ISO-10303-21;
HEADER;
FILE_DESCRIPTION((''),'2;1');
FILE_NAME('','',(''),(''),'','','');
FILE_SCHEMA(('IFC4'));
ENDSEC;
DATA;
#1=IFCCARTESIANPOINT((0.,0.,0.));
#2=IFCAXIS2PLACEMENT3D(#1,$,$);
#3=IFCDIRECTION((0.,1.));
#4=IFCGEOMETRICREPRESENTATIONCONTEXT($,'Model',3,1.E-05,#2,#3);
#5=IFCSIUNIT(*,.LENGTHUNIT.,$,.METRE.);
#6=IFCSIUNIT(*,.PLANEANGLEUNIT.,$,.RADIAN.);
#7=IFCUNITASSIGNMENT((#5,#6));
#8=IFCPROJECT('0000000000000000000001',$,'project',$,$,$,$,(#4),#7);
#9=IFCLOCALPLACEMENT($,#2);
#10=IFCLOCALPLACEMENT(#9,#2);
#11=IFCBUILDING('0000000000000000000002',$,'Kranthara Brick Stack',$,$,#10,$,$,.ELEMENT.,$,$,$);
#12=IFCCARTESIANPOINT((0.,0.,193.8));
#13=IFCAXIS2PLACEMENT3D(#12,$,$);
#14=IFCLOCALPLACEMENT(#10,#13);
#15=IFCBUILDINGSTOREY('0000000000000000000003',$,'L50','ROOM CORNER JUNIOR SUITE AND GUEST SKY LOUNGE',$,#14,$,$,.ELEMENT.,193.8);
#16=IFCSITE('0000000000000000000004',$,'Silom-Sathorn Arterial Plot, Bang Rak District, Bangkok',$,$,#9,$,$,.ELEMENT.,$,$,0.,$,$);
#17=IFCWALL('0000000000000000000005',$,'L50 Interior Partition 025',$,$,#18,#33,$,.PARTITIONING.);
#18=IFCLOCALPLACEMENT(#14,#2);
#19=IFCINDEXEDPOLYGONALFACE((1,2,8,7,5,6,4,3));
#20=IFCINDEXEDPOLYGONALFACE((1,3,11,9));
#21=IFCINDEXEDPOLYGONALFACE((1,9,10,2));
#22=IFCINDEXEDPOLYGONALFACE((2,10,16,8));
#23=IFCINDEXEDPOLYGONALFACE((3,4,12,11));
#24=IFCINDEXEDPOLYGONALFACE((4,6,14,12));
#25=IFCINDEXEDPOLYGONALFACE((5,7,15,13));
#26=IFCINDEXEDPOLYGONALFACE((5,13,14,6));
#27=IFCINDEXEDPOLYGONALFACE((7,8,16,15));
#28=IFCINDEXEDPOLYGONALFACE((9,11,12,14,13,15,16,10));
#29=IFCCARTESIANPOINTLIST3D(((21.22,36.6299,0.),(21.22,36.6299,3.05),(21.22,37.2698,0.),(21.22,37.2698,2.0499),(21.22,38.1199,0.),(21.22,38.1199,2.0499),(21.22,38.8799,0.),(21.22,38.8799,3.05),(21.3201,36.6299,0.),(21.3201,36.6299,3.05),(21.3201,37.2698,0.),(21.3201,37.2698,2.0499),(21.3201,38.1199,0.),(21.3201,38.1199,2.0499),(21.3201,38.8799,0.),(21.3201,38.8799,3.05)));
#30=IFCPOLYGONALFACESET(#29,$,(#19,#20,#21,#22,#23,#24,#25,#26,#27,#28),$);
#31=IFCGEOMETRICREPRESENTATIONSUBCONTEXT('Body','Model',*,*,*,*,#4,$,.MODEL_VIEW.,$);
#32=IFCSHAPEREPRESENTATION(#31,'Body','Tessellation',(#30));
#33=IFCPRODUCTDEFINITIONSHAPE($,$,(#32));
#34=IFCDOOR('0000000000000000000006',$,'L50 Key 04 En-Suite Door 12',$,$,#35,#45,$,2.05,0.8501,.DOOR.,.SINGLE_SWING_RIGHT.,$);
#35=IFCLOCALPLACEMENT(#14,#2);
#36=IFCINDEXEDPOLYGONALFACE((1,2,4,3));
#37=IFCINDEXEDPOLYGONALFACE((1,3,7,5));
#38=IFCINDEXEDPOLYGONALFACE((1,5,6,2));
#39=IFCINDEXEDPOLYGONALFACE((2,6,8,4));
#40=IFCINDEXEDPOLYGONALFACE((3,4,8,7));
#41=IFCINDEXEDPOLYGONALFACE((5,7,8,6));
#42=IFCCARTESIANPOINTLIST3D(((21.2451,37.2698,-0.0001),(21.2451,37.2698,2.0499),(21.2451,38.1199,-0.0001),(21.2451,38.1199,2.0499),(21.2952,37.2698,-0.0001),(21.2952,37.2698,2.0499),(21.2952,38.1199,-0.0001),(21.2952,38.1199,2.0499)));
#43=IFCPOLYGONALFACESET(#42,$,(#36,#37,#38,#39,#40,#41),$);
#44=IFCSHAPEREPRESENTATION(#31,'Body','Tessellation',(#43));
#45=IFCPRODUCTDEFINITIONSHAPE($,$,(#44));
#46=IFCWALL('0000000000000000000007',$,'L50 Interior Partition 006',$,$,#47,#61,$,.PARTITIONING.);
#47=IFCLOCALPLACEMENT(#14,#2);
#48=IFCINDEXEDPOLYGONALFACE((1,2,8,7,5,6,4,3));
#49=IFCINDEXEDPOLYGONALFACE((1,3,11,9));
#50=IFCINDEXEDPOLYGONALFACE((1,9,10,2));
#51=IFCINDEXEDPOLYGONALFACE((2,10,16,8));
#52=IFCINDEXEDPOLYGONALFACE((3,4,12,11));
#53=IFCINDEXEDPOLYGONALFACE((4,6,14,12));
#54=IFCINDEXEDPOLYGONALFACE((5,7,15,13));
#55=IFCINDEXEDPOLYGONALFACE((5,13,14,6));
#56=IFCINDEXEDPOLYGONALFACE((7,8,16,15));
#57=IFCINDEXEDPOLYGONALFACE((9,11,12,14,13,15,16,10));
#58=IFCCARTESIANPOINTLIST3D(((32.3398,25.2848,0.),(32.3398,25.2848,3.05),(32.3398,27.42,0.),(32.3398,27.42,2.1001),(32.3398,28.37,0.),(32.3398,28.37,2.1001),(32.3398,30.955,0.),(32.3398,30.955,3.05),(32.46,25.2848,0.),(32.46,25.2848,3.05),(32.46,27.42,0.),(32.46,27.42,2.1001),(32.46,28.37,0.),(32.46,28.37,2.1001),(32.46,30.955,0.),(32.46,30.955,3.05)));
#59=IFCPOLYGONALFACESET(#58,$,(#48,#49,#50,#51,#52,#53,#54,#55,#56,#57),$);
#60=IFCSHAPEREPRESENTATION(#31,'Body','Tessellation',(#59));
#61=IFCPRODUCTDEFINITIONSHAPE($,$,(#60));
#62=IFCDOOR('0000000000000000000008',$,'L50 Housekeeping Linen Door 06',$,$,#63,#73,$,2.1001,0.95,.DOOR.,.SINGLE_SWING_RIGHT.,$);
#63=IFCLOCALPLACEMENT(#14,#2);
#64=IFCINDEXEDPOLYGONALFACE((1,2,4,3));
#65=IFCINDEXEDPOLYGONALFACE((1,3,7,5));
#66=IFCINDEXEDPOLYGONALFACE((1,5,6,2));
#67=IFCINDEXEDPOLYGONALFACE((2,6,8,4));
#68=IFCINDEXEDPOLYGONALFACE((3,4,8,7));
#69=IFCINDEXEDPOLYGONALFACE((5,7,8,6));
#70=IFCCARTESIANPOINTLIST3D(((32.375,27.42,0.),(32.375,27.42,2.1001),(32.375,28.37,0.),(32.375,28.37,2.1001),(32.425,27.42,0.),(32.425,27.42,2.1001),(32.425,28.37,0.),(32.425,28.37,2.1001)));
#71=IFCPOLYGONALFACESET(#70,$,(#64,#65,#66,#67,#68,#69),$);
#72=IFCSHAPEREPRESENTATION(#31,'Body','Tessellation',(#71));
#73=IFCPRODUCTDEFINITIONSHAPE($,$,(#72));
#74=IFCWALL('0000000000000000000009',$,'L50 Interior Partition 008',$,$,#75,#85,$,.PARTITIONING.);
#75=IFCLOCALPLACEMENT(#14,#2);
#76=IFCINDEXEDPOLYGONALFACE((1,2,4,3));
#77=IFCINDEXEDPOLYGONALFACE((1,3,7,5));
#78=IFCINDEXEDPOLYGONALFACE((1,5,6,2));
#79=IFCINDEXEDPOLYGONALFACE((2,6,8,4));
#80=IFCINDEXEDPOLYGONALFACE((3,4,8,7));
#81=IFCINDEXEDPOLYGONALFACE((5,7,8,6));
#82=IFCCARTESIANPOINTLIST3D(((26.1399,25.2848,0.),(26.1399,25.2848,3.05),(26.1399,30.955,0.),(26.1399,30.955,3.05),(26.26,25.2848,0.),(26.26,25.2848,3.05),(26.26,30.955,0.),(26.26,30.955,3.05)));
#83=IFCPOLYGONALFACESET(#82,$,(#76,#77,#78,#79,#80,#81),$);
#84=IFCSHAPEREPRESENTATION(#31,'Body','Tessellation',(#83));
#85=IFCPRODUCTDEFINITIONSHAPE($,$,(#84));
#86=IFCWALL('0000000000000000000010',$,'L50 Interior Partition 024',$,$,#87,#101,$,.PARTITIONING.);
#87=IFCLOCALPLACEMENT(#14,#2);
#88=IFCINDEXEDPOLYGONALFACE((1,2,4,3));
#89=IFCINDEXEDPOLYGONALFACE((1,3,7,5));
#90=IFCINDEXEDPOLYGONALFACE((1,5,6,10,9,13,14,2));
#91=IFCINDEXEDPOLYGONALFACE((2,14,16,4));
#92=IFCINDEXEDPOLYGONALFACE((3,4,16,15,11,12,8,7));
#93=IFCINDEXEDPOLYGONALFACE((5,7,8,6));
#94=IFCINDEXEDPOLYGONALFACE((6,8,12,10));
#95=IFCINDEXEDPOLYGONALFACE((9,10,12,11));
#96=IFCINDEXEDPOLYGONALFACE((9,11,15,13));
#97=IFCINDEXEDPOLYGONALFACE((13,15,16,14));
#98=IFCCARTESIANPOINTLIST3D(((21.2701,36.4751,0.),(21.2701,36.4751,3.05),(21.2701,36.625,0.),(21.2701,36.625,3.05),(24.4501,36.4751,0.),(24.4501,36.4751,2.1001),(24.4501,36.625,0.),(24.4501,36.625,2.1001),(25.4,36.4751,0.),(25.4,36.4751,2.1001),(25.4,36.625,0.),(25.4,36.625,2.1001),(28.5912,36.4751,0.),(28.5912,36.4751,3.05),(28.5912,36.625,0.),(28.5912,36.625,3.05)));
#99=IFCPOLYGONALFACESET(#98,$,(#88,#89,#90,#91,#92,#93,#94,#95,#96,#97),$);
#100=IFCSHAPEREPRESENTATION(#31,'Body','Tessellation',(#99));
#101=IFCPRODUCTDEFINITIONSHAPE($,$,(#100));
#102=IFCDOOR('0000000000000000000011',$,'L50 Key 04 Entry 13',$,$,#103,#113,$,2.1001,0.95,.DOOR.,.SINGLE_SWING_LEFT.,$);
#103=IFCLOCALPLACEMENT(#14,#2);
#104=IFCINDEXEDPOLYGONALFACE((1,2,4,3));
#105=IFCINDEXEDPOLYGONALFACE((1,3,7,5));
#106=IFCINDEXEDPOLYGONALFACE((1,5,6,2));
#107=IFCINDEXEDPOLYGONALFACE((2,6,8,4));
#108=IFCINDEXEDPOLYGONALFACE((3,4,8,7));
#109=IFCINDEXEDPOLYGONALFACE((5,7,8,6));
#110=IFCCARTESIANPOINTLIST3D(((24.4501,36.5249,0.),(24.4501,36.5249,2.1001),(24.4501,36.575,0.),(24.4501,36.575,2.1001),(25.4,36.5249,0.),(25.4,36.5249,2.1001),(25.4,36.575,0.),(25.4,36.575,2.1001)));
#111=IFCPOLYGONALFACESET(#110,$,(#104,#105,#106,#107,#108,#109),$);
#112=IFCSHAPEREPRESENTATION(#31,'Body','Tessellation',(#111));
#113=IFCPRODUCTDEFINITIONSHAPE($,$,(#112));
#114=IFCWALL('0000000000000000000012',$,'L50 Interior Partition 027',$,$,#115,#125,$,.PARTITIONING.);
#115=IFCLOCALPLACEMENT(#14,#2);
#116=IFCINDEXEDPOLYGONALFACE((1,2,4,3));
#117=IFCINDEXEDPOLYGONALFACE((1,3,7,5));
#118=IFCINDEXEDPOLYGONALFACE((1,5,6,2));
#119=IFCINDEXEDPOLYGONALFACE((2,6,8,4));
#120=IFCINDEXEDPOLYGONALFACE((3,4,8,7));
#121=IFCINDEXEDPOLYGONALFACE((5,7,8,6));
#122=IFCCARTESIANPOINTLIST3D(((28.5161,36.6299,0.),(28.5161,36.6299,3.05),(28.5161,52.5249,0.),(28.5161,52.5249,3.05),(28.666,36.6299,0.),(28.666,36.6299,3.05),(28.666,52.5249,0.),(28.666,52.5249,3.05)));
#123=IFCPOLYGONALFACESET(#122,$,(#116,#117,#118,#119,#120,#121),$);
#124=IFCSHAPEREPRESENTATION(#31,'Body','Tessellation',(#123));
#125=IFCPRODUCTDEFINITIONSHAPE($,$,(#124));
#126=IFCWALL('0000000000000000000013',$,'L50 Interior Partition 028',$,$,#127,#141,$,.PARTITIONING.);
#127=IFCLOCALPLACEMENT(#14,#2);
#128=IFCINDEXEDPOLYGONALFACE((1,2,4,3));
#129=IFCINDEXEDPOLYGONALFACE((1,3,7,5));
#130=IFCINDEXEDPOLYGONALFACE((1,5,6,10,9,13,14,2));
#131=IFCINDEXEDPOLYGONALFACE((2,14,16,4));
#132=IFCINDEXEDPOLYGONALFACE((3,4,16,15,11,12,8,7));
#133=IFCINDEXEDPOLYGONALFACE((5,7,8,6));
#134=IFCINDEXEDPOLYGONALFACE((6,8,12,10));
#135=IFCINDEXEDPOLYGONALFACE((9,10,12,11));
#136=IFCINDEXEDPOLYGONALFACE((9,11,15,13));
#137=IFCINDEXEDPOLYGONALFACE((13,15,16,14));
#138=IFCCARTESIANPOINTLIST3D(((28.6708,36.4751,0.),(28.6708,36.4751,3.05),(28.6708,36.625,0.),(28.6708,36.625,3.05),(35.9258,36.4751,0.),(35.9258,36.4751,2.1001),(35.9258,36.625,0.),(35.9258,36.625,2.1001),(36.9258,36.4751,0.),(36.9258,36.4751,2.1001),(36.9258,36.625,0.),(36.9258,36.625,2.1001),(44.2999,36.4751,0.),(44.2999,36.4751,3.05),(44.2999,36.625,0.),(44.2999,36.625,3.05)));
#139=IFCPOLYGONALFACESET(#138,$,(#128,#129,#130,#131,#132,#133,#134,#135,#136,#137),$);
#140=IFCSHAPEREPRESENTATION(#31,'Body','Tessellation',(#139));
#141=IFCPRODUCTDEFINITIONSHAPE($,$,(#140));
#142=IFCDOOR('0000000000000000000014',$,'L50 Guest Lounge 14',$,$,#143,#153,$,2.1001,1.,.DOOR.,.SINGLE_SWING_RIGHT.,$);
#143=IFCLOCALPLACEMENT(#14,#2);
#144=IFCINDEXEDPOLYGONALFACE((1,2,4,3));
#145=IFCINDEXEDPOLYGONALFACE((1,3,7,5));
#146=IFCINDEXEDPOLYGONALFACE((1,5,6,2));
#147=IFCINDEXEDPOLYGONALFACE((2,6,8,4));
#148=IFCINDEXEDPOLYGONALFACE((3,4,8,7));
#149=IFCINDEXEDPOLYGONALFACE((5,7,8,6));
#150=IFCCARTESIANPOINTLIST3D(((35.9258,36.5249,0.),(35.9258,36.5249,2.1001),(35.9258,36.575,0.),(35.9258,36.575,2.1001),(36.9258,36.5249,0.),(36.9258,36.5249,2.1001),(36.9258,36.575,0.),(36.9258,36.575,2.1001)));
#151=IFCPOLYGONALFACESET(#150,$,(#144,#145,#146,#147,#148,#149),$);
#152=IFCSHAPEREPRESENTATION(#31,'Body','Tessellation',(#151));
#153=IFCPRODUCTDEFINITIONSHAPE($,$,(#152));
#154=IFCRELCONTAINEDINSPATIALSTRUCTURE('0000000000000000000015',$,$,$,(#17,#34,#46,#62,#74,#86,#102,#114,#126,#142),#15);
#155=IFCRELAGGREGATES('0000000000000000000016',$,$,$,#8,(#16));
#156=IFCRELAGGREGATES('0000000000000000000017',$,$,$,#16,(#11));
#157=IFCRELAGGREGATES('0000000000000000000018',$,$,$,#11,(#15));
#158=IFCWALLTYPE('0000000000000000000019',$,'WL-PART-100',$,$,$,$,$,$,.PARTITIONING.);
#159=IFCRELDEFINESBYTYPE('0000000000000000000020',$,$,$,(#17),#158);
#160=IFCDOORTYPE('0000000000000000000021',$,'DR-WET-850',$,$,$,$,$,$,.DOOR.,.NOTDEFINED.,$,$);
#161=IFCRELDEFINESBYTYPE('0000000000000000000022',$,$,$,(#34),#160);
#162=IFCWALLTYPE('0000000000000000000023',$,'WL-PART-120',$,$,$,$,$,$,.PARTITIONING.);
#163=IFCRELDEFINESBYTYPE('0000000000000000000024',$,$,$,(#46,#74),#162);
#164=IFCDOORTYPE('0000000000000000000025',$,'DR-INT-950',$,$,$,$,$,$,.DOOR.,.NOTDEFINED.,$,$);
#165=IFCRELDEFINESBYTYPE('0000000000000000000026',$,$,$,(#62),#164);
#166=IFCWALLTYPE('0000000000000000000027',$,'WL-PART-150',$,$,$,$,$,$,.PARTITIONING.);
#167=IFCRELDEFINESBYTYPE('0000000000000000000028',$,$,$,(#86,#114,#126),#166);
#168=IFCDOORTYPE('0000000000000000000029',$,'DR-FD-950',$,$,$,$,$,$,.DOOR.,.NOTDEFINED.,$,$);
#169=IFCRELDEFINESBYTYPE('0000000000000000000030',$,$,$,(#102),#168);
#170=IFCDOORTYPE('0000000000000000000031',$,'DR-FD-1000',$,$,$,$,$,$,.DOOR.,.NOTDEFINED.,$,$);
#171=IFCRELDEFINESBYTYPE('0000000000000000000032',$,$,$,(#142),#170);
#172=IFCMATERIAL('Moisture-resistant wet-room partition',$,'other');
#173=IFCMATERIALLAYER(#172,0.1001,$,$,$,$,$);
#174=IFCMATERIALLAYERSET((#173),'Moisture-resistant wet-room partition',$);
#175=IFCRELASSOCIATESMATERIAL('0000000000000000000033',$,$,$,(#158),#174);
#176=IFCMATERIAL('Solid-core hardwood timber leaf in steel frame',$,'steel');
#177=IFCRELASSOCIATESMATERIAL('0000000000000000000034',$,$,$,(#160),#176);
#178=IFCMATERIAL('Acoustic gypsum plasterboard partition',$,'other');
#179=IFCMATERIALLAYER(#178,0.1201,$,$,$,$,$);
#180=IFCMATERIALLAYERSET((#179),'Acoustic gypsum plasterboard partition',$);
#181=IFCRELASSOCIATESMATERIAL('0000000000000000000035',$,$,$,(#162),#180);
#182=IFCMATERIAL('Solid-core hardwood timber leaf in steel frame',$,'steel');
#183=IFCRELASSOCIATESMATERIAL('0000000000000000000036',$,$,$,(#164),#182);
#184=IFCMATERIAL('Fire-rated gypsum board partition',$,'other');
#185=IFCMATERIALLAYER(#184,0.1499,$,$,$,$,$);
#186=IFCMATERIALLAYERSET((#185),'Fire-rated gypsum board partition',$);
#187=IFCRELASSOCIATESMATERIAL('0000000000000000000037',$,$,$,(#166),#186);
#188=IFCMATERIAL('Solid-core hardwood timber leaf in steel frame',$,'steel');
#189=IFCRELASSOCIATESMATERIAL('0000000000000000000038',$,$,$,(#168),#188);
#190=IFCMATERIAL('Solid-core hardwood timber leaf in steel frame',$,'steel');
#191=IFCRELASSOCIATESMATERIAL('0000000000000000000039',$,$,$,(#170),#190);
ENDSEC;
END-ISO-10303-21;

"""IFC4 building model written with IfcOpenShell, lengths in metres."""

from ifc_helpers import new_model, si_unit, direction, frame, frame_2d, origin, place, context, subcontext, project, spatial, rectangle, extrude, material, layer, layer_set, type_object, element, fill, save


model = new_model("IFC4")

# Units and contexts
model_context = context("Model", 3, precision=1e-05, world=origin(), true_north=direction((0.0, 1.0)))
body_context = subcontext(model_context, "Body", "Model", "MODEL_VIEW")
ifc_project = project(units=[si_unit("LENGTHUNIT", "METRE"), si_unit("PLANEANGLEUNIT", "RADIAN")], contexts=[model_context])

# Site, building, storey
site_placement = place(None, origin())
site = spatial("IfcSite", under=ifc_project, at=site_placement, Name="Silom-Sathorn Arterial Plot, Bang Rak District, Bangkok", CompositionType="ELEMENT", RefElevation=0.0)
building_placement = place(site_placement, origin())
building = spatial("IfcBuilding", under=site, at=building_placement, Name="Kranthara Brick Stack", CompositionType="ELEMENT")
storey_placement = place(building_placement, frame((0.0, 0.0, 193.8)))
storey = spatial("IfcBuildingStorey", under=building, at=storey_placement, Name="L50", Description="ROOM CORNER JUNIOR SUITE AND GUEST SKY LOUNGE", CompositionType="ELEMENT", Elevation=193.8)

# Walls, openings, doors
ifc_material_1 = material(Name="Moisture-resistant wet-room partition", Category="other")
ifc_layer_1 = layer(ifc_material_1, 0.1001)
ifc_layer_set_1 = layer_set([ifc_layer_1], Name="Moisture-resistant wet-room partition")
wall_type_1 = type_object("IfcWallType", Name="WL-PART-100", PredefinedType="PARTITIONING", material=ifc_layer_set_1)
wall_1_placement = place(storey_placement, frame((21.27, 36.6299, 0.0), z_axis=(0.0, 0.0, 1.0), x_axis=(0.0, 1.0, 0.0)))
wall_1 = element("IfcWall", 1, at=wall_1_placement, inside=storey, type_object=wall_type_1, Name="L50 Interior Partition 025", PredefinedType="PARTITIONING", context=body_context, shape_type="SweptSolid", body=[
    extrude(rectangle(XDim=2.25, YDim=0.1001, at=frame_2d((1.125, 0.0))), origin(), (0.0, 0.0, 1.0), 3.05),
])
opening_1_placement = place(wall_1_placement, frame((0.6399, 0.0, 0.0)))
opening_1 = element("IfcOpeningElement", 2, at=opening_1_placement, cuts=wall_1, PredefinedType="OPENING", context=body_context, shape_type="SweptSolid", body=[
    extrude(rectangle(XDim=0.8501, YDim=2.05, at=frame_2d((0.425, 1.0249))), frame((0.0, 0.0601, 0.0), z_axis=(0.0, -1.0, 0.0), x_axis=(1.0, 0.0, 0.0)), (0.0, 0.0, 1.0), 0.1201),
])
ifc_material_2 = material(Name="Solid-core hardwood timber leaf in steel frame", Category="steel")
door_type_1 = type_object("IfcDoorType", Name="DR-WET-850", OperationType="NOTDEFINED", PredefinedType="DOOR", material=ifc_material_2)
door_1_placement = place(opening_1_placement, origin())
door_1 = element("IfcDoor", 3, at=door_1_placement, inside=storey, type_object=door_type_1, Name="L50 Key 04 En-Suite Door 12", OperationType="SINGLE_SWING_RIGHT", OverallHeight=2.05, OverallWidth=0.8501, PredefinedType="DOOR", context=body_context, shape_type="SweptSolid", body=[
    extrude(rectangle(XDim=0.8501, YDim=2.05, at=frame_2d((0.425, 1.0249))), frame((0.0, 0.0249, 0.0), z_axis=(0.0, -1.0, 0.0), x_axis=(1.0, 0.0, 0.0)), (0.0, 0.0, 1.0), 0.05),
])
fill(opening_1, door_1)
ifc_material_3 = material(Name="Acoustic gypsum plasterboard partition", Category="other")
ifc_layer_2 = layer(ifc_material_3, 0.1201)
ifc_layer_set_2 = layer_set([ifc_layer_2], Name="Acoustic gypsum plasterboard partition")
wall_type_2 = type_object("IfcWallType", Name="WL-PART-120", PredefinedType="PARTITIONING", material=ifc_layer_set_2)
wall_2_placement = place(storey_placement, frame((32.3999, 25.2849, 0.0), z_axis=(0.0, 0.0, 1.0), x_axis=(0.0, 1.0, 0.0)))
wall_2 = element("IfcWall", 4, at=wall_2_placement, inside=storey, type_object=wall_type_2, Name="L50 Interior Partition 006", PredefinedType="PARTITIONING", context=body_context, shape_type="SweptSolid", body=[
    extrude(rectangle(XDim=5.6702, YDim=0.1201, at=frame_2d((2.835, 0.0))), origin(), (0.0, 0.0, 1.0), 3.05),
])
opening_2_placement = place(wall_2_placement, frame((2.135, 0.0, 0.0)))
opening_2 = element("IfcOpeningElement", 5, at=opening_2_placement, cuts=wall_2, PredefinedType="OPENING", context=body_context, shape_type="SweptSolid", body=[
    extrude(rectangle(XDim=0.95, YDim=2.1001, at=frame_2d((0.4751, 1.05))), frame((0.0, 0.0701, 0.0), z_axis=(0.0, -1.0, 0.0), x_axis=(1.0, 0.0, 0.0)), (0.0, 0.0, 1.0), 0.1401),
])
ifc_material_4 = material(Name="Solid-core hardwood timber leaf in steel frame", Category="steel")
door_type_2 = type_object("IfcDoorType", Name="DR-INT-950", OperationType="NOTDEFINED", PredefinedType="DOOR", material=ifc_material_4)
door_2_placement = place(opening_2_placement, origin())
door_2 = element("IfcDoor", 6, at=door_2_placement, inside=storey, type_object=door_type_2, Name="L50 Housekeeping Linen Door 06", OperationType="SINGLE_SWING_RIGHT", OverallHeight=2.1001, OverallWidth=0.95, PredefinedType="DOOR", context=body_context, shape_type="SweptSolid", body=[
    extrude(rectangle(XDim=0.95, YDim=2.1001, at=frame_2d((0.4751, 1.05))), frame((0.0, 0.0249, 0.0), z_axis=(0.0, -1.0, 0.0), x_axis=(1.0, 0.0, 0.0)), (0.0, 0.0, 1.0), 0.05),
])
fill(opening_2, door_2)

# Wall
wall_3_placement = place(storey_placement, frame((26.2, 25.2849, 0.0), z_axis=(0.0, 0.0, 1.0), x_axis=(0.0, 1.0, 0.0)))
element("IfcWall", 7, at=wall_3_placement, inside=storey, type_object=wall_type_2, Name="L50 Interior Partition 008", PredefinedType="PARTITIONING", context=body_context, shape_type="SweptSolid", body=[
    extrude(rectangle(XDim=5.6702, YDim=0.1201, at=frame_2d((2.835, 0.0))), origin(), (0.0, 0.0, 1.0), 3.05),
])

# Wall, opening, door
ifc_material_5 = material(Name="Fire-rated gypsum board partition", Category="other")
ifc_layer_3 = layer(ifc_material_5, 0.1499)
ifc_layer_set_3 = layer_set([ifc_layer_3], Name="Fire-rated gypsum board partition")
wall_type_3 = type_object("IfcWallType", Name="WL-PART-150", PredefinedType="PARTITIONING", material=ifc_layer_set_3)
wall_4_placement = place(storey_placement, frame((21.27, 36.55, 0.0), z_axis=(0.0, 0.0, 1.0), x_axis=(1.0, 0.0, 0.0)))
wall_4 = element("IfcWall", 8, at=wall_4_placement, inside=storey, type_object=wall_type_3, Name="L50 Interior Partition 024", PredefinedType="PARTITIONING", context=body_context, shape_type="SweptSolid", body=[
    extrude(rectangle(XDim=7.321, YDim=0.1499, at=frame_2d((3.6606, 0.0))), origin(), (0.0, 0.0, 1.0), 3.05),
])
opening_3_placement = place(wall_4_placement, frame((3.1799, 0.0, 0.0)))
opening_3 = element("IfcOpeningElement", 9, at=opening_3_placement, cuts=wall_4, PredefinedType="OPENING", context=body_context, shape_type="SweptSolid", body=[
    extrude(rectangle(XDim=0.95, YDim=2.1001, at=frame_2d((0.4751, 1.05))), frame((0.0, 0.085, 0.0), z_axis=(0.0, -1.0, 0.0), x_axis=(1.0, 0.0, 0.0)), (0.0, 0.0, 1.0), 0.1699),
])
ifc_material_6 = material(Name="Solid-core hardwood timber leaf in steel frame", Category="steel")
door_type_3 = type_object("IfcDoorType", Name="DR-FD-950", OperationType="NOTDEFINED", PredefinedType="DOOR", material=ifc_material_6)
door_3_placement = place(opening_3_placement, origin())
door_3 = element("IfcDoor", 10, at=door_3_placement, inside=storey, type_object=door_type_3, Name="L50 Key 04 Entry 13", OperationType="SINGLE_SWING_LEFT", OverallHeight=2.1001, OverallWidth=0.95, PredefinedType="DOOR", context=body_context, shape_type="SweptSolid", body=[
    extrude(rectangle(XDim=0.95, YDim=2.1001, at=frame_2d((0.4751, 1.05))), frame((0.0, 0.0249, 0.0), z_axis=(0.0, -1.0, 0.0), x_axis=(1.0, 0.0, 0.0)), (0.0, 0.0, 1.0), 0.05),
])
fill(opening_3, door_3)

# Wall
wall_5_placement = place(storey_placement, frame((28.5911, 36.6299, 0.0), z_axis=(0.0, 0.0, 1.0), x_axis=(0.0, 1.0, 0.0)))
element("IfcWall", 11, at=wall_5_placement, inside=storey, type_object=wall_type_3, Name="L50 Interior Partition 027", PredefinedType="PARTITIONING", context=body_context, shape_type="SweptSolid", body=[
    extrude(rectangle(XDim=15.895, YDim=0.1499, at=frame_2d((7.9475, 0.0))), origin(), (0.0, 0.0, 1.0), 3.05),
])

# Wall, opening, door
wall_6_placement = place(storey_placement, frame((28.6709, 36.55, 0.0), z_axis=(0.0, 0.0, 1.0), x_axis=(1.0, 0.0, 0.0)))
wall_6 = element("IfcWall", 12, at=wall_6_placement, inside=storey, type_object=wall_type_3, Name="L50 Interior Partition 028", PredefinedType="PARTITIONING", context=body_context, shape_type="SweptSolid", body=[
    extrude(rectangle(XDim=15.6292, YDim=0.1499, at=frame_2d((7.8145, 0.0))), origin(), (0.0, 0.0, 1.0), 3.05),
])
opening_4_placement = place(wall_6_placement, frame((7.2549, 0.0, 0.0)))
opening_4 = element("IfcOpeningElement", 13, at=opening_4_placement, cuts=wall_6, PredefinedType="OPENING", context=body_context, shape_type="SweptSolid", body=[
    extrude(rectangle(XDim=1.0, YDim=2.1001, at=frame_2d((0.5, 1.05))), frame((0.0, 0.085, 0.0), z_axis=(0.0, -1.0, 0.0), x_axis=(1.0, 0.0, 0.0)), (0.0, 0.0, 1.0), 0.1699),
])
ifc_material_7 = material(Name="Solid-core hardwood timber leaf in steel frame", Category="steel")
door_type_4 = type_object("IfcDoorType", Name="DR-FD-1000", OperationType="NOTDEFINED", PredefinedType="DOOR", material=ifc_material_7)
door_4_placement = place(opening_4_placement, origin())
door_4 = element("IfcDoor", 14, at=door_4_placement, inside=storey, type_object=door_type_4, Name="L50 Guest Lounge 14", OperationType="SINGLE_SWING_RIGHT", OverallHeight=2.1001, OverallWidth=1.0, PredefinedType="DOOR", context=body_context, shape_type="SweptSolid", body=[
    extrude(rectangle(XDim=1.0, YDim=2.1001, at=frame_2d((0.5, 1.05))), frame((0.0, 0.0249, 0.0), z_axis=(0.0, -1.0, 0.0), x_axis=(1.0, 0.0, 0.0)), (0.0, 0.0, 1.0), 0.05),
])
fill(opening_4, door_4)

save(model, "model.ifc")
